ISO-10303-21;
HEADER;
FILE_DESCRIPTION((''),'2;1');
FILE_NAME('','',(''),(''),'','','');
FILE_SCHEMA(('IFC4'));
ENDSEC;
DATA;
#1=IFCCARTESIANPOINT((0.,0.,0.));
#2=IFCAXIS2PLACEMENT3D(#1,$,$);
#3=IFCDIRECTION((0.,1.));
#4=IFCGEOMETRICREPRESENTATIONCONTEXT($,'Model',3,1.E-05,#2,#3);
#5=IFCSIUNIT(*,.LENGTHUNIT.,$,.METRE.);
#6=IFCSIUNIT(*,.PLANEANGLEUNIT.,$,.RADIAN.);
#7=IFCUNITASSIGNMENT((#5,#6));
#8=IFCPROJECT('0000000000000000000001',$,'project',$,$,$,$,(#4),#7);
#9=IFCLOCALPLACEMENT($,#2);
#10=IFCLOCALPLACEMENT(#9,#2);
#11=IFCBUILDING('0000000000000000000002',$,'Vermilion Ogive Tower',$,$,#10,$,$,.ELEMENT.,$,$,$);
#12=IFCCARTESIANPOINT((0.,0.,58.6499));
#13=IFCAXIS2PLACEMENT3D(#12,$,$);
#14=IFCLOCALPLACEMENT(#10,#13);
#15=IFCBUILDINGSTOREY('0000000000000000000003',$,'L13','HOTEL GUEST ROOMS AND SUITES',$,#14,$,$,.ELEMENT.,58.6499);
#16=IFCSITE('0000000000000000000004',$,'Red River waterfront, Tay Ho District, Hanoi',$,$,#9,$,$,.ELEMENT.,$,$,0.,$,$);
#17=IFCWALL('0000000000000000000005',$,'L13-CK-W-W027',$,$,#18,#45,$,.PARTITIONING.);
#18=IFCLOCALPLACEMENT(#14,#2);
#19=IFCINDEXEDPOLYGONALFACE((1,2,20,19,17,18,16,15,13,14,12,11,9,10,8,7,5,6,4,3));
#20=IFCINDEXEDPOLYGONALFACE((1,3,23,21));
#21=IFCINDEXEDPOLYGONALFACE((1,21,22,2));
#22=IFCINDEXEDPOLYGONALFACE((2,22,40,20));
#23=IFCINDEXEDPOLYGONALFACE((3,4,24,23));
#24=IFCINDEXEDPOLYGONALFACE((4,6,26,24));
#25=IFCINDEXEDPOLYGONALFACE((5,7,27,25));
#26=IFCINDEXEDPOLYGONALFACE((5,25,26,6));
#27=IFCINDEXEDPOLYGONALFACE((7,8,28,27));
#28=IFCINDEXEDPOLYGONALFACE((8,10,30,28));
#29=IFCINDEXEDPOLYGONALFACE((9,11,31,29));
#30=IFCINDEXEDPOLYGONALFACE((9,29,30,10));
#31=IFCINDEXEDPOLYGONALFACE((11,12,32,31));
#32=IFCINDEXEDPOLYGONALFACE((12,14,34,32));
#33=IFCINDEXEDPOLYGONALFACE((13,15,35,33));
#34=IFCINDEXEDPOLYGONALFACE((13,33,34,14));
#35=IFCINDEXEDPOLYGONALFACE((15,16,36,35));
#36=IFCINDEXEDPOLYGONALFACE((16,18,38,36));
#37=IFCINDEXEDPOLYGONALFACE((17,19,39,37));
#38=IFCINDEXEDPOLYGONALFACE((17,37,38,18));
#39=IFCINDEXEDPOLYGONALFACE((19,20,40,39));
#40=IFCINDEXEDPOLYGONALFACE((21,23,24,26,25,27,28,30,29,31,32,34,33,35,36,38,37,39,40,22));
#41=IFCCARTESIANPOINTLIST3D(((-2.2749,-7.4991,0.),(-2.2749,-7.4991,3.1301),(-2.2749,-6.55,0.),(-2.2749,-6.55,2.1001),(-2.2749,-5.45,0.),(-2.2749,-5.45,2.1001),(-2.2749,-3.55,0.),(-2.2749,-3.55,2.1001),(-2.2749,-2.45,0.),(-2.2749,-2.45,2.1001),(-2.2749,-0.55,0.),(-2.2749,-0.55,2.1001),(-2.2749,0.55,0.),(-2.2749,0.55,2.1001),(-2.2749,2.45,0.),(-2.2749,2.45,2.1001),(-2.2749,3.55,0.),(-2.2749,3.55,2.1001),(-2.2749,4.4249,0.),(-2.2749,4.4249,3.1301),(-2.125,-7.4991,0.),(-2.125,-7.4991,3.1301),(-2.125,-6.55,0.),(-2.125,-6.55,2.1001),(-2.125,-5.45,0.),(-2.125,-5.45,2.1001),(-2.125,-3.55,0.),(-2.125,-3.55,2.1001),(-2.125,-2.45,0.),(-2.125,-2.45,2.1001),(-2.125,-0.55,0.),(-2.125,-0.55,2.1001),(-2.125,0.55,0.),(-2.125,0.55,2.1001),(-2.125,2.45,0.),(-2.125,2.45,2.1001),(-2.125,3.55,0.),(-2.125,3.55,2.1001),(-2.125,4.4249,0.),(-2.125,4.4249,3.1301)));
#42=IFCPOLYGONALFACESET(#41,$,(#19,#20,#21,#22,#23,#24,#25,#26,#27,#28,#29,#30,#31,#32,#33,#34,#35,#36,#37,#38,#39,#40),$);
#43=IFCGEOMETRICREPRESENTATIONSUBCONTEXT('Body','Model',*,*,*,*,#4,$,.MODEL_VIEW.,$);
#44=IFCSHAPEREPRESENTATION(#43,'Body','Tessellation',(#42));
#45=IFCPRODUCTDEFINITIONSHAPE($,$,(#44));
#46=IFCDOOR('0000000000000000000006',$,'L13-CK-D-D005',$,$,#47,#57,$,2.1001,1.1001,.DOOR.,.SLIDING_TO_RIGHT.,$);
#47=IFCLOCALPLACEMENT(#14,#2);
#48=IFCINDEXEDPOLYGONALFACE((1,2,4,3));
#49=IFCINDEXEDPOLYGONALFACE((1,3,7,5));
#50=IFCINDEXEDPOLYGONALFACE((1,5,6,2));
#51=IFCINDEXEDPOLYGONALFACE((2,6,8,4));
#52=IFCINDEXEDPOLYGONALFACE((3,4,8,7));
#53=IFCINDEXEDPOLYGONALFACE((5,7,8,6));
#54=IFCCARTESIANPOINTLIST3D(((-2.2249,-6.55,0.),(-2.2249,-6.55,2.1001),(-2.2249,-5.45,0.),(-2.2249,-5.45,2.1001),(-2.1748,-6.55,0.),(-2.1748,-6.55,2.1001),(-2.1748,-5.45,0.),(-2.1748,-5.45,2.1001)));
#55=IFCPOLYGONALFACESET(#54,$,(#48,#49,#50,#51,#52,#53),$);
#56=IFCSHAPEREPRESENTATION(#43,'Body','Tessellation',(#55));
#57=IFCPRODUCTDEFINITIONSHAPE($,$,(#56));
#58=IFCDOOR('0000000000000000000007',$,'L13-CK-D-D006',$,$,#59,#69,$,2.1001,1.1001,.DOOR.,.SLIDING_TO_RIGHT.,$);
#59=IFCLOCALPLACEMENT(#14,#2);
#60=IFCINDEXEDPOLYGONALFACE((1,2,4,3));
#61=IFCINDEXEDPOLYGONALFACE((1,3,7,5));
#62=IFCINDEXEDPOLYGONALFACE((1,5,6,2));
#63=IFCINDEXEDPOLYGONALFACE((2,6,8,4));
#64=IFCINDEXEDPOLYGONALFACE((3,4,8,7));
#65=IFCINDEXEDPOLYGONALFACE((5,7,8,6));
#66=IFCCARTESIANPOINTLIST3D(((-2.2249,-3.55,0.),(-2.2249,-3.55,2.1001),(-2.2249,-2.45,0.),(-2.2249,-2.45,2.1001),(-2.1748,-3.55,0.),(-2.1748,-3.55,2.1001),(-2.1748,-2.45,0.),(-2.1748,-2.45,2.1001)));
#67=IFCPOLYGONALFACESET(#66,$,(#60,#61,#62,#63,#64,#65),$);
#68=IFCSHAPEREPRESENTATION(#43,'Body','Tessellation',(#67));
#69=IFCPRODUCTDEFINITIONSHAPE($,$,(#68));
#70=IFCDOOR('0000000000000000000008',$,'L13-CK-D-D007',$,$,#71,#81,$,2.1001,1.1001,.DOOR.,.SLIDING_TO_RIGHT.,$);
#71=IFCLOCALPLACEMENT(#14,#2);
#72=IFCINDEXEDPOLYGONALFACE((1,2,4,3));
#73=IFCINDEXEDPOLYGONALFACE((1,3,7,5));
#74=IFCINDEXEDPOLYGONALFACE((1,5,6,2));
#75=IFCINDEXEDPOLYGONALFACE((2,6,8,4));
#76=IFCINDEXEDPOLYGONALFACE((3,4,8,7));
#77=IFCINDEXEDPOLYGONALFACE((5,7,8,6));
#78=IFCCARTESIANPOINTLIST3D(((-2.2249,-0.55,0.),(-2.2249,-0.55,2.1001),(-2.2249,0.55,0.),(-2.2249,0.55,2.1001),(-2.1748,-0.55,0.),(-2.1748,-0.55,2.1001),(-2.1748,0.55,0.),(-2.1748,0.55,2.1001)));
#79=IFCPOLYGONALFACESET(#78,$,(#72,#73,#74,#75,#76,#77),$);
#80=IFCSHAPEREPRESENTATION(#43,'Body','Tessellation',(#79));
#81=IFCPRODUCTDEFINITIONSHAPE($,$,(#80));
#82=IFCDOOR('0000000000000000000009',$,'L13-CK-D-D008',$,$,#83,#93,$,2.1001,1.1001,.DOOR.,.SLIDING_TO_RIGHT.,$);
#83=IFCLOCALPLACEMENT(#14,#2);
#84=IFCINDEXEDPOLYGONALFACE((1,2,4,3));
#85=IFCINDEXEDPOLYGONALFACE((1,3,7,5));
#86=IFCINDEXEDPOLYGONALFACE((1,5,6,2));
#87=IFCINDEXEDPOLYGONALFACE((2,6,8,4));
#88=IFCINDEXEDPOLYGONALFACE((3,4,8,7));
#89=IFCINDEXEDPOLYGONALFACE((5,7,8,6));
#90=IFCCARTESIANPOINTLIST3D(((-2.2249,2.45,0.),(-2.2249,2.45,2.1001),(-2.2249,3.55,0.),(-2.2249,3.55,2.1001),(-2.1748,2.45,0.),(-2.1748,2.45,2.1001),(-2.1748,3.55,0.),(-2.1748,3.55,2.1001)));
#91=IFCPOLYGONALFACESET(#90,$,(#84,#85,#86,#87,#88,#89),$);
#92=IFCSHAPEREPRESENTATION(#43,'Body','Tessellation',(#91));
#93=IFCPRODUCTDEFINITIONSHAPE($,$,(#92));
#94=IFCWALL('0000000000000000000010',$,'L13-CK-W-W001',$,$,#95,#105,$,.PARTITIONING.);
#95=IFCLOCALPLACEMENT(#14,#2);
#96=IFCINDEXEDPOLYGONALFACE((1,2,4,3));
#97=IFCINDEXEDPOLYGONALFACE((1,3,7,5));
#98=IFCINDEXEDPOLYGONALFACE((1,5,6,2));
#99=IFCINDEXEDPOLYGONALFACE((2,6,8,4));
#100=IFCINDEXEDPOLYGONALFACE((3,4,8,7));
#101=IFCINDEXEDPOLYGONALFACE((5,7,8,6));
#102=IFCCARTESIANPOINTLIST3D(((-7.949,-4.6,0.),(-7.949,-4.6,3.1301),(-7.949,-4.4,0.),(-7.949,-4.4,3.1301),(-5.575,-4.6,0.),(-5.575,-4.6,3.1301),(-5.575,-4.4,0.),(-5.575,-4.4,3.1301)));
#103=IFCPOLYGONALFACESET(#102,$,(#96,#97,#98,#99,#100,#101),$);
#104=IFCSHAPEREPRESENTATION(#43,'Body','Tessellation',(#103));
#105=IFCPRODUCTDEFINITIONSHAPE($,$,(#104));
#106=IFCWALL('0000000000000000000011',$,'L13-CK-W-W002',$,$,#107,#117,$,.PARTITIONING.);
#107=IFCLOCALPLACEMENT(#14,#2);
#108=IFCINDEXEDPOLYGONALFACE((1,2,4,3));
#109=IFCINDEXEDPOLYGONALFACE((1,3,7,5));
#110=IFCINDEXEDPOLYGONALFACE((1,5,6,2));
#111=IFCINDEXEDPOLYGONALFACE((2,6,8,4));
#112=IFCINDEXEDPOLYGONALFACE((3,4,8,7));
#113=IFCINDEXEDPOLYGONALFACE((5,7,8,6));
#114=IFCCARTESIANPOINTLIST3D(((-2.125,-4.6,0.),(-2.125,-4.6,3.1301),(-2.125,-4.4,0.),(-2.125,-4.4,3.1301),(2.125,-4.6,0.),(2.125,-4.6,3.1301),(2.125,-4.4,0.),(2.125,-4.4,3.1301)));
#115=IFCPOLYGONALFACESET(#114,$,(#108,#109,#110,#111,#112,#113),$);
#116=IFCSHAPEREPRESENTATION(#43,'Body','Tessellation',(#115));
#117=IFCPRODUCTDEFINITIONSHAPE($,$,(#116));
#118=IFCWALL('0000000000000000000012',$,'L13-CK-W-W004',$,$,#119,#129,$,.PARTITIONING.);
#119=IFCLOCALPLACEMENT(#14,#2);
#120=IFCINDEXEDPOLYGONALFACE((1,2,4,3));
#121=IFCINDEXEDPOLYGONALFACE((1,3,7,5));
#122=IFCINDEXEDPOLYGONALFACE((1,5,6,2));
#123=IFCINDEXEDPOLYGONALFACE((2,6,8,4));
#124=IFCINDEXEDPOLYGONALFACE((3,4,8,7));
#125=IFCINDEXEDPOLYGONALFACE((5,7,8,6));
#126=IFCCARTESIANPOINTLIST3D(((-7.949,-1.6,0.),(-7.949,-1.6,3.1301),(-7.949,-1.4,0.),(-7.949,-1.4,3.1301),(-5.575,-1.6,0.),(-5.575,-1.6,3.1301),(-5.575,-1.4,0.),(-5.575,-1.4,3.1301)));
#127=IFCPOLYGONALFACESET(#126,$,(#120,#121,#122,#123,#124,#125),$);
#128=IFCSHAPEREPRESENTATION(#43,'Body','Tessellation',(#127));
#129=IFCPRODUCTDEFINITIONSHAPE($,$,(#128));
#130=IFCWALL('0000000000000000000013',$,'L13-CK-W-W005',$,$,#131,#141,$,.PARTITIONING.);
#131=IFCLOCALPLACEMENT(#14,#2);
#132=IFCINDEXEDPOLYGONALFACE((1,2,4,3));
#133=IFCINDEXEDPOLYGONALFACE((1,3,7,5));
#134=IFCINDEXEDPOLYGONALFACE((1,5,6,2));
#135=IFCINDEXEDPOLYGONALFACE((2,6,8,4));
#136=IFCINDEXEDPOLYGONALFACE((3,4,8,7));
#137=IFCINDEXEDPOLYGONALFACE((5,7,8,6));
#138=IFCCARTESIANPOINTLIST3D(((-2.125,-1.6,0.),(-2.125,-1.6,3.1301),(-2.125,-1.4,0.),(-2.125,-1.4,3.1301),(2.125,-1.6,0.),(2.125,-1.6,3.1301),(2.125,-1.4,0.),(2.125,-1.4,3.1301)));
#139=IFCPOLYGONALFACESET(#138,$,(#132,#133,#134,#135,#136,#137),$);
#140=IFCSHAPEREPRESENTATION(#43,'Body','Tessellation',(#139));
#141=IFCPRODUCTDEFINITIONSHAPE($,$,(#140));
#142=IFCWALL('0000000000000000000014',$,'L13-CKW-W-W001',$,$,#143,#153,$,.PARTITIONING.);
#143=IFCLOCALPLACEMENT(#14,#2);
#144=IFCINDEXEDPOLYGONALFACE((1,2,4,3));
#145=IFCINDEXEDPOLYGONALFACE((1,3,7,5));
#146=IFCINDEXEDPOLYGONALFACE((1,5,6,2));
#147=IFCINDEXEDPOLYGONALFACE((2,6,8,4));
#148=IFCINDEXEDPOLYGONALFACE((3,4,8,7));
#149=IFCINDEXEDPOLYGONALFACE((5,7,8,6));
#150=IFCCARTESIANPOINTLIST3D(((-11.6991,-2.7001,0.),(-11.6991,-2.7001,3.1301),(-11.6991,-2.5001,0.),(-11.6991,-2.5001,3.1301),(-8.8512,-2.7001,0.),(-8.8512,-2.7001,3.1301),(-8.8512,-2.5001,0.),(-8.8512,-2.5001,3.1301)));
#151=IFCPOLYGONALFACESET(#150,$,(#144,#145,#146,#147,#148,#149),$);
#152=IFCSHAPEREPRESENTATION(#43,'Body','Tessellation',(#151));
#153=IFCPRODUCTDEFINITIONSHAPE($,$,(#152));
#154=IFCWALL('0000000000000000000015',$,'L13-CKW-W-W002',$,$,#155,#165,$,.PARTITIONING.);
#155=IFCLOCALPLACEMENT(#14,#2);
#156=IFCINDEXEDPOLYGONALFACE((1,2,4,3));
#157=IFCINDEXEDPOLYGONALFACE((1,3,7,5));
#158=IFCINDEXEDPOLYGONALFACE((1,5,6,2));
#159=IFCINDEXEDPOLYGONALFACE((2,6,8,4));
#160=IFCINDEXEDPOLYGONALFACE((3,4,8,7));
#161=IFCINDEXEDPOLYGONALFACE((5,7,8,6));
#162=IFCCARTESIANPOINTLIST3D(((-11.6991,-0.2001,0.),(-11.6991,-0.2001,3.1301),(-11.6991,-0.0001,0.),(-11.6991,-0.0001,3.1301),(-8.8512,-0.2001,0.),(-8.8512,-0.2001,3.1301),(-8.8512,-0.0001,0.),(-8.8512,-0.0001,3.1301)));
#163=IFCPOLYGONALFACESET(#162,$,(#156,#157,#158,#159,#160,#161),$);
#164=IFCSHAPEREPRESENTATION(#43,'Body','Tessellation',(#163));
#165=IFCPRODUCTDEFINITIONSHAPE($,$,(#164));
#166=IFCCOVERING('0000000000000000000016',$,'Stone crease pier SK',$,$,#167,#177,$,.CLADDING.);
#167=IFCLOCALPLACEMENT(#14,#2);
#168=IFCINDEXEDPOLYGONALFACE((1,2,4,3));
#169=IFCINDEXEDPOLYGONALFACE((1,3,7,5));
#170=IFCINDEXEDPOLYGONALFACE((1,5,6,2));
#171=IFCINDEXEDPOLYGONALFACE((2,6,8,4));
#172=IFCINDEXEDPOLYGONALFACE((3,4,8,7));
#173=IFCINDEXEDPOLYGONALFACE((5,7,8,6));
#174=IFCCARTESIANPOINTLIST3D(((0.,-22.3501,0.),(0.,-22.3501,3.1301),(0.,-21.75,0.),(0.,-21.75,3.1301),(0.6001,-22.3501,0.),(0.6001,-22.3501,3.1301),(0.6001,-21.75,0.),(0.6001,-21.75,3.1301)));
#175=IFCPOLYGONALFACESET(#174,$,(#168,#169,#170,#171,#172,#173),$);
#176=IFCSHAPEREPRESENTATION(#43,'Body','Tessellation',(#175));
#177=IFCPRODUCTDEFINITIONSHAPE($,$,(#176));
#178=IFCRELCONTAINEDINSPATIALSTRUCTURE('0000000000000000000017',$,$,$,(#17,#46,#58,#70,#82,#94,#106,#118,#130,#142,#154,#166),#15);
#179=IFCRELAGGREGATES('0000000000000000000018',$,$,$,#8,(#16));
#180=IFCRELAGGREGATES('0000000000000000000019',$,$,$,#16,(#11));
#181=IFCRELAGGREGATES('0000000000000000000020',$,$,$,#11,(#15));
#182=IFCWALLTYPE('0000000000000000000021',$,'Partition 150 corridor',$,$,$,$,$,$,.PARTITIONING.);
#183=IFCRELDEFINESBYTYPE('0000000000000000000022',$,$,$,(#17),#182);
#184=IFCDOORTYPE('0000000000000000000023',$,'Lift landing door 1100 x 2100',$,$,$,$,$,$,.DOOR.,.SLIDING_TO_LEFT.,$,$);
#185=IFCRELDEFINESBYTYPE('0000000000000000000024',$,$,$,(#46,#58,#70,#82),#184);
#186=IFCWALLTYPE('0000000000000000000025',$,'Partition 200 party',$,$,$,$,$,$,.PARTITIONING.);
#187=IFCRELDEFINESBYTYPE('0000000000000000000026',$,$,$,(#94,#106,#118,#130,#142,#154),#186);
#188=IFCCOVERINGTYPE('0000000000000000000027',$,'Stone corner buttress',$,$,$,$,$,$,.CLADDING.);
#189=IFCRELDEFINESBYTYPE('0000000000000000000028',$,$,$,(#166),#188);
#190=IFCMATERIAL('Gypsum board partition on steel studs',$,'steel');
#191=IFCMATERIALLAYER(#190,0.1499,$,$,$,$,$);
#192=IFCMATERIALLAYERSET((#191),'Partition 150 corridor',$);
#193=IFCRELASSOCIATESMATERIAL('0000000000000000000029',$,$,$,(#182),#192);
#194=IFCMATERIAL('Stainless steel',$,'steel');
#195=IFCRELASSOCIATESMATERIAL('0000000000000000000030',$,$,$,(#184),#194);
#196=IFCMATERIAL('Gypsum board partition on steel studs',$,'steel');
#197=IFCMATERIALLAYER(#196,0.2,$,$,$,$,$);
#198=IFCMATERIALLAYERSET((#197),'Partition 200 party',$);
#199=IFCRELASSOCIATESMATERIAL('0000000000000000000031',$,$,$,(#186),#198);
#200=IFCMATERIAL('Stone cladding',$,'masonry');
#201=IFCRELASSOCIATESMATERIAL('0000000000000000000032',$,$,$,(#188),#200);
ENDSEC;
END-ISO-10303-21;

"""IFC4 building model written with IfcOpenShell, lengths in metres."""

from ifc_helpers import new_model, si_unit, direction, frame, frame_2d, origin, place, context, subcontext, project, spatial, polyline, rectangle, outline, extrude, material, layer, layer_set, type_object, element, fill, save


model = new_model("IFC4")

# Units and contexts
model_context = context("Model", 3, precision=1e-05, world=origin(), true_north=direction((0.0, 1.0)))
body_context = subcontext(model_context, "Body", "Model", "MODEL_VIEW")
ifc_project = project(units=[si_unit("LENGTHUNIT", "METRE"), si_unit("PLANEANGLEUNIT", "RADIAN")], contexts=[model_context])

# Site, building, storey
site_placement = place(None, origin())
site = spatial("IfcSite", under=ifc_project, at=site_placement, Name="Red River waterfront, Tay Ho District, Hanoi", CompositionType="ELEMENT", RefElevation=0.0)
building_placement = place(site_placement, origin())
building = spatial("IfcBuilding", under=site, at=building_placement, Name="Vermilion Ogive Tower", CompositionType="ELEMENT")
storey_placement = place(building_placement, frame((0.0, 0.0, 58.6499)))
storey = spatial("IfcBuildingStorey", under=building, at=storey_placement, Name="L13", Description="HOTEL GUEST ROOMS AND SUITES", CompositionType="ELEMENT", Elevation=58.6499)

# Wall, openings, doors
ifc_material_1 = material(Name="Gypsum board partition on steel studs", Category="steel")
ifc_layer_1 = layer(ifc_material_1, 0.1499)
ifc_layer_set_1 = layer_set([ifc_layer_1], Name="Partition 150 corridor")
wall_type_1 = type_object("IfcWallType", Name="Partition 150 corridor", PredefinedType="PARTITIONING", material=ifc_layer_set_1)
wall_1_placement = place(storey_placement, frame((-2.2, -7.499, 0.0), z_axis=(0.0, 0.0, 1.0), x_axis=(0.0, 1.0, 0.0)))
wall_1 = element("IfcWall", 1, at=wall_1_placement, inside=storey, type_object=wall_type_1, Name="L13-CK-W-W027", PredefinedType="PARTITIONING", context=body_context, shape_type="SweptSolid", body=[
    extrude(rectangle(XDim=11.9241, YDim=0.1499, at=frame_2d((5.9619, 0.0))), origin(), (0.0, 0.0, 1.0), 3.1301),
])
opening_1_placement = place(wall_1_placement, frame((0.949, 0.0, 0.0)))
opening_1 = element("IfcOpeningElement", 2, at=opening_1_placement, cuts=wall_1, PredefinedType="OPENING", context=body_context, shape_type="SweptSolid", body=[
    extrude(rectangle(XDim=1.1001, YDim=2.1001, at=frame_2d((0.55, 1.05))), frame((0.0, 0.085, 0.0), z_axis=(0.0, -1.0, 0.0), x_axis=(1.0, 0.0, 0.0)), (0.0, 0.0, 1.0), 0.1699),
])
opening_2_placement = place(wall_1_placement, frame((3.949, 0.0, 0.0)))
opening_2 = element("IfcOpeningElement", 3, at=opening_2_placement, cuts=wall_1, PredefinedType="OPENING", context=body_context, shape_type="SweptSolid", body=[
    extrude(rectangle(XDim=1.1001, YDim=2.1001, at=frame_2d((0.55, 1.05))), frame((0.0, 0.085, 0.0), z_axis=(0.0, -1.0, 0.0), x_axis=(1.0, 0.0, 0.0)), (0.0, 0.0, 1.0), 0.1699),
])
opening_3_placement = place(wall_1_placement, frame((6.949, 0.0, 0.0)))
opening_3 = element("IfcOpeningElement", 4, at=opening_3_placement, cuts=wall_1, PredefinedType="OPENING", context=body_context, shape_type="SweptSolid", body=[
    extrude(rectangle(XDim=1.1001, YDim=2.1001, at=frame_2d((0.55, 1.05))), frame((0.0, 0.085, 0.0), z_axis=(0.0, -1.0, 0.0), x_axis=(1.0, 0.0, 0.0)), (0.0, 0.0, 1.0), 0.1699),
])
opening_4_placement = place(wall_1_placement, frame((9.949, 0.0, 0.0)))
opening_4 = element("IfcOpeningElement", 5, at=opening_4_placement, cuts=wall_1, PredefinedType="OPENING", context=body_context, shape_type="SweptSolid", body=[
    extrude(rectangle(XDim=1.1001, YDim=2.1001, at=frame_2d((0.55, 1.05))), frame((0.0, 0.085, 0.0), z_axis=(0.0, -1.0, 0.0), x_axis=(1.0, 0.0, 0.0)), (0.0, 0.0, 1.0), 0.1699),
])
ifc_material_2 = material(Name="Stainless steel", Category="steel")
door_type = type_object("IfcDoorType", Name="Lift landing door 1100 x 2100", OperationType="SLIDING_TO_LEFT", PredefinedType="DOOR", material=ifc_material_2)
door_1_placement = place(opening_1_placement, origin())
door_1 = element("IfcDoor", 6, at=door_1_placement, inside=storey, type_object=door_type, Name="L13-CK-D-D005", OperationType="SLIDING_TO_RIGHT", OverallHeight=2.1001, OverallWidth=1.1001, PredefinedType="DOOR", context=body_context, shape_type="SweptSolid", body=[
    extrude(rectangle(XDim=1.1001, YDim=2.1001, at=frame_2d((0.55, 1.05))), frame((0.0, 0.0249, 0.0), z_axis=(0.0, -1.0, 0.0), x_axis=(1.0, 0.0, 0.0)), (0.0, 0.0, 1.0), 0.05),
])
fill(opening_1, door_1)
door_2_placement = place(opening_2_placement, origin())
door_2 = element("IfcDoor", 7, at=door_2_placement, inside=storey, type_object=door_type, Name="L13-CK-D-D006", OperationType="SLIDING_TO_RIGHT", OverallHeight=2.1001, OverallWidth=1.1001, PredefinedType="DOOR", context=body_context, shape_type="SweptSolid", body=[
    extrude(rectangle(XDim=1.1001, YDim=2.1001, at=frame_2d((0.55, 1.05))), frame((0.0, 0.0249, 0.0), z_axis=(0.0, -1.0, 0.0), x_axis=(1.0, 0.0, 0.0)), (0.0, 0.0, 1.0), 0.05),
])
fill(opening_2, door_2)
door_3_placement = place(opening_3_placement, origin())
door_3 = element("IfcDoor", 8, at=door_3_placement, inside=storey, type_object=door_type, Name="L13-CK-D-D007", OperationType="SLIDING_TO_RIGHT", OverallHeight=2.1001, OverallWidth=1.1001, PredefinedType="DOOR", context=body_context, shape_type="SweptSolid", body=[
    extrude(rectangle(XDim=1.1001, YDim=2.1001, at=frame_2d((0.55, 1.05))), frame((0.0, 0.0249, 0.0), z_axis=(0.0, -1.0, 0.0), x_axis=(1.0, 0.0, 0.0)), (0.0, 0.0, 1.0), 0.05),
])
fill(opening_3, door_3)
door_4_placement = place(opening_4_placement, origin())
door_4 = element("IfcDoor", 9, at=door_4_placement, inside=storey, type_object=door_type, Name="L13-CK-D-D008", OperationType="SLIDING_TO_RIGHT", OverallHeight=2.1001, OverallWidth=1.1001, PredefinedType="DOOR", context=body_context, shape_type="SweptSolid", body=[
    extrude(rectangle(XDim=1.1001, YDim=2.1001, at=frame_2d((0.55, 1.05))), frame((0.0, 0.0249, 0.0), z_axis=(0.0, -1.0, 0.0), x_axis=(1.0, 0.0, 0.0)), (0.0, 0.0, 1.0), 0.05),
])
fill(opening_4, door_4)

# Walls
ifc_material_3 = material(Name="Gypsum board partition on steel studs", Category="steel")
ifc_layer_2 = layer(ifc_material_3, 0.2)
ifc_layer_set_2 = layer_set([ifc_layer_2], Name="Partition 200 party")
wall_type_2 = type_object("IfcWallType", Name="Partition 200 party", PredefinedType="PARTITIONING", material=ifc_layer_set_2)
wall_2_placement = place(storey_placement, frame((-7.949, -4.5, 0.0), z_axis=(0.0, 0.0, 1.0), x_axis=(1.0, 0.0, 0.0)))
element("IfcWall", 10, at=wall_2_placement, inside=storey, type_object=wall_type_2, Name="L13-CK-W-W001", PredefinedType="PARTITIONING", context=body_context, shape_type="SweptSolid", body=[
    extrude(rectangle(XDim=2.374, YDim=0.2, at=frame_2d((1.187, 0.0))), origin(), (0.0, 0.0, 1.0), 3.1301),
])
wall_3_placement = place(storey_placement, frame((-2.125, -4.5, 0.0), z_axis=(0.0, 0.0, 1.0), x_axis=(1.0, 0.0, 0.0)))
element("IfcWall", 11, at=wall_3_placement, inside=storey, type_object=wall_type_2, Name="L13-CK-W-W002", PredefinedType="PARTITIONING", context=body_context, shape_type="SweptSolid", body=[
    extrude(rectangle(XDim=4.25, YDim=0.2, at=frame_2d((2.125, 0.0))), origin(), (0.0, 0.0, 1.0), 3.1301),
])
wall_4_placement = place(storey_placement, frame((-7.949, -1.5, 0.0), z_axis=(0.0, 0.0, 1.0), x_axis=(1.0, 0.0, 0.0)))
element("IfcWall", 12, at=wall_4_placement, inside=storey, type_object=wall_type_2, Name="L13-CK-W-W004", PredefinedType="PARTITIONING", context=body_context, shape_type="SweptSolid", body=[
    extrude(rectangle(XDim=2.374, YDim=0.2, at=frame_2d((1.187, 0.0))), origin(), (0.0, 0.0, 1.0), 3.1301),
])
wall_5_placement = place(storey_placement, frame((-2.125, -1.5, 0.0), z_axis=(0.0, 0.0, 1.0), x_axis=(1.0, 0.0, 0.0)))
element("IfcWall", 13, at=wall_5_placement, inside=storey, type_object=wall_type_2, Name="L13-CK-W-W005", PredefinedType="PARTITIONING", context=body_context, shape_type="SweptSolid", body=[
    extrude(rectangle(XDim=4.25, YDim=0.2, at=frame_2d((2.125, 0.0))), origin(), (0.0, 0.0, 1.0), 3.1301),
])
for number, where, z_axis, x_axis, name in (
    (14, (-11.699, -2.6001, 0.0), (0.0, 0.0, 1.0), (1.0, 0.0, 0.0), "L13-CKW-W-W001"),
    (15, (-11.699, -0.1001, 0.0), (0.0, 0.0, 1.0), (1.0, 0.0, 0.0), "L13-CKW-W-W002"),
):
    element("IfcWall", number, at=place(storey_placement, frame(where, z_axis=z_axis, x_axis=x_axis)), inside=storey, type_object=wall_type_2, Name=name, PredefinedType="PARTITIONING", context=body_context, shape_type="SweptSolid", body=[
        extrude(rectangle(XDim=2.8479, YDim=0.2, at=frame_2d((1.4238, 0.0))), origin(), (0.0, 0.0, 1.0), 3.1301),
    ])

# Covering
ifc_material_4 = material(Name="Stone cladding", Category="masonry")
covering_type = type_object("IfcCoveringType", Name="Stone corner buttress", PredefinedType="CLADDING", material=ifc_material_4)
covering_1_placement = place(storey_placement, origin())
element("IfcCovering", 16, at=covering_1_placement, inside=storey, type_object=covering_type, Name="Stone crease pier SK", PredefinedType="CLADDING", context=body_context, shape_type="SweptSolid", body=[
    extrude(outline(polyline([(0.0, -22.3501), (0.6001, -22.3501), (0.6001, -21.75), (0.0, -21.75), (0.0, -22.3501)])), origin(), (0.0, 0.0, 1.0), 3.1301),
])

save(model, "model.ifc")
